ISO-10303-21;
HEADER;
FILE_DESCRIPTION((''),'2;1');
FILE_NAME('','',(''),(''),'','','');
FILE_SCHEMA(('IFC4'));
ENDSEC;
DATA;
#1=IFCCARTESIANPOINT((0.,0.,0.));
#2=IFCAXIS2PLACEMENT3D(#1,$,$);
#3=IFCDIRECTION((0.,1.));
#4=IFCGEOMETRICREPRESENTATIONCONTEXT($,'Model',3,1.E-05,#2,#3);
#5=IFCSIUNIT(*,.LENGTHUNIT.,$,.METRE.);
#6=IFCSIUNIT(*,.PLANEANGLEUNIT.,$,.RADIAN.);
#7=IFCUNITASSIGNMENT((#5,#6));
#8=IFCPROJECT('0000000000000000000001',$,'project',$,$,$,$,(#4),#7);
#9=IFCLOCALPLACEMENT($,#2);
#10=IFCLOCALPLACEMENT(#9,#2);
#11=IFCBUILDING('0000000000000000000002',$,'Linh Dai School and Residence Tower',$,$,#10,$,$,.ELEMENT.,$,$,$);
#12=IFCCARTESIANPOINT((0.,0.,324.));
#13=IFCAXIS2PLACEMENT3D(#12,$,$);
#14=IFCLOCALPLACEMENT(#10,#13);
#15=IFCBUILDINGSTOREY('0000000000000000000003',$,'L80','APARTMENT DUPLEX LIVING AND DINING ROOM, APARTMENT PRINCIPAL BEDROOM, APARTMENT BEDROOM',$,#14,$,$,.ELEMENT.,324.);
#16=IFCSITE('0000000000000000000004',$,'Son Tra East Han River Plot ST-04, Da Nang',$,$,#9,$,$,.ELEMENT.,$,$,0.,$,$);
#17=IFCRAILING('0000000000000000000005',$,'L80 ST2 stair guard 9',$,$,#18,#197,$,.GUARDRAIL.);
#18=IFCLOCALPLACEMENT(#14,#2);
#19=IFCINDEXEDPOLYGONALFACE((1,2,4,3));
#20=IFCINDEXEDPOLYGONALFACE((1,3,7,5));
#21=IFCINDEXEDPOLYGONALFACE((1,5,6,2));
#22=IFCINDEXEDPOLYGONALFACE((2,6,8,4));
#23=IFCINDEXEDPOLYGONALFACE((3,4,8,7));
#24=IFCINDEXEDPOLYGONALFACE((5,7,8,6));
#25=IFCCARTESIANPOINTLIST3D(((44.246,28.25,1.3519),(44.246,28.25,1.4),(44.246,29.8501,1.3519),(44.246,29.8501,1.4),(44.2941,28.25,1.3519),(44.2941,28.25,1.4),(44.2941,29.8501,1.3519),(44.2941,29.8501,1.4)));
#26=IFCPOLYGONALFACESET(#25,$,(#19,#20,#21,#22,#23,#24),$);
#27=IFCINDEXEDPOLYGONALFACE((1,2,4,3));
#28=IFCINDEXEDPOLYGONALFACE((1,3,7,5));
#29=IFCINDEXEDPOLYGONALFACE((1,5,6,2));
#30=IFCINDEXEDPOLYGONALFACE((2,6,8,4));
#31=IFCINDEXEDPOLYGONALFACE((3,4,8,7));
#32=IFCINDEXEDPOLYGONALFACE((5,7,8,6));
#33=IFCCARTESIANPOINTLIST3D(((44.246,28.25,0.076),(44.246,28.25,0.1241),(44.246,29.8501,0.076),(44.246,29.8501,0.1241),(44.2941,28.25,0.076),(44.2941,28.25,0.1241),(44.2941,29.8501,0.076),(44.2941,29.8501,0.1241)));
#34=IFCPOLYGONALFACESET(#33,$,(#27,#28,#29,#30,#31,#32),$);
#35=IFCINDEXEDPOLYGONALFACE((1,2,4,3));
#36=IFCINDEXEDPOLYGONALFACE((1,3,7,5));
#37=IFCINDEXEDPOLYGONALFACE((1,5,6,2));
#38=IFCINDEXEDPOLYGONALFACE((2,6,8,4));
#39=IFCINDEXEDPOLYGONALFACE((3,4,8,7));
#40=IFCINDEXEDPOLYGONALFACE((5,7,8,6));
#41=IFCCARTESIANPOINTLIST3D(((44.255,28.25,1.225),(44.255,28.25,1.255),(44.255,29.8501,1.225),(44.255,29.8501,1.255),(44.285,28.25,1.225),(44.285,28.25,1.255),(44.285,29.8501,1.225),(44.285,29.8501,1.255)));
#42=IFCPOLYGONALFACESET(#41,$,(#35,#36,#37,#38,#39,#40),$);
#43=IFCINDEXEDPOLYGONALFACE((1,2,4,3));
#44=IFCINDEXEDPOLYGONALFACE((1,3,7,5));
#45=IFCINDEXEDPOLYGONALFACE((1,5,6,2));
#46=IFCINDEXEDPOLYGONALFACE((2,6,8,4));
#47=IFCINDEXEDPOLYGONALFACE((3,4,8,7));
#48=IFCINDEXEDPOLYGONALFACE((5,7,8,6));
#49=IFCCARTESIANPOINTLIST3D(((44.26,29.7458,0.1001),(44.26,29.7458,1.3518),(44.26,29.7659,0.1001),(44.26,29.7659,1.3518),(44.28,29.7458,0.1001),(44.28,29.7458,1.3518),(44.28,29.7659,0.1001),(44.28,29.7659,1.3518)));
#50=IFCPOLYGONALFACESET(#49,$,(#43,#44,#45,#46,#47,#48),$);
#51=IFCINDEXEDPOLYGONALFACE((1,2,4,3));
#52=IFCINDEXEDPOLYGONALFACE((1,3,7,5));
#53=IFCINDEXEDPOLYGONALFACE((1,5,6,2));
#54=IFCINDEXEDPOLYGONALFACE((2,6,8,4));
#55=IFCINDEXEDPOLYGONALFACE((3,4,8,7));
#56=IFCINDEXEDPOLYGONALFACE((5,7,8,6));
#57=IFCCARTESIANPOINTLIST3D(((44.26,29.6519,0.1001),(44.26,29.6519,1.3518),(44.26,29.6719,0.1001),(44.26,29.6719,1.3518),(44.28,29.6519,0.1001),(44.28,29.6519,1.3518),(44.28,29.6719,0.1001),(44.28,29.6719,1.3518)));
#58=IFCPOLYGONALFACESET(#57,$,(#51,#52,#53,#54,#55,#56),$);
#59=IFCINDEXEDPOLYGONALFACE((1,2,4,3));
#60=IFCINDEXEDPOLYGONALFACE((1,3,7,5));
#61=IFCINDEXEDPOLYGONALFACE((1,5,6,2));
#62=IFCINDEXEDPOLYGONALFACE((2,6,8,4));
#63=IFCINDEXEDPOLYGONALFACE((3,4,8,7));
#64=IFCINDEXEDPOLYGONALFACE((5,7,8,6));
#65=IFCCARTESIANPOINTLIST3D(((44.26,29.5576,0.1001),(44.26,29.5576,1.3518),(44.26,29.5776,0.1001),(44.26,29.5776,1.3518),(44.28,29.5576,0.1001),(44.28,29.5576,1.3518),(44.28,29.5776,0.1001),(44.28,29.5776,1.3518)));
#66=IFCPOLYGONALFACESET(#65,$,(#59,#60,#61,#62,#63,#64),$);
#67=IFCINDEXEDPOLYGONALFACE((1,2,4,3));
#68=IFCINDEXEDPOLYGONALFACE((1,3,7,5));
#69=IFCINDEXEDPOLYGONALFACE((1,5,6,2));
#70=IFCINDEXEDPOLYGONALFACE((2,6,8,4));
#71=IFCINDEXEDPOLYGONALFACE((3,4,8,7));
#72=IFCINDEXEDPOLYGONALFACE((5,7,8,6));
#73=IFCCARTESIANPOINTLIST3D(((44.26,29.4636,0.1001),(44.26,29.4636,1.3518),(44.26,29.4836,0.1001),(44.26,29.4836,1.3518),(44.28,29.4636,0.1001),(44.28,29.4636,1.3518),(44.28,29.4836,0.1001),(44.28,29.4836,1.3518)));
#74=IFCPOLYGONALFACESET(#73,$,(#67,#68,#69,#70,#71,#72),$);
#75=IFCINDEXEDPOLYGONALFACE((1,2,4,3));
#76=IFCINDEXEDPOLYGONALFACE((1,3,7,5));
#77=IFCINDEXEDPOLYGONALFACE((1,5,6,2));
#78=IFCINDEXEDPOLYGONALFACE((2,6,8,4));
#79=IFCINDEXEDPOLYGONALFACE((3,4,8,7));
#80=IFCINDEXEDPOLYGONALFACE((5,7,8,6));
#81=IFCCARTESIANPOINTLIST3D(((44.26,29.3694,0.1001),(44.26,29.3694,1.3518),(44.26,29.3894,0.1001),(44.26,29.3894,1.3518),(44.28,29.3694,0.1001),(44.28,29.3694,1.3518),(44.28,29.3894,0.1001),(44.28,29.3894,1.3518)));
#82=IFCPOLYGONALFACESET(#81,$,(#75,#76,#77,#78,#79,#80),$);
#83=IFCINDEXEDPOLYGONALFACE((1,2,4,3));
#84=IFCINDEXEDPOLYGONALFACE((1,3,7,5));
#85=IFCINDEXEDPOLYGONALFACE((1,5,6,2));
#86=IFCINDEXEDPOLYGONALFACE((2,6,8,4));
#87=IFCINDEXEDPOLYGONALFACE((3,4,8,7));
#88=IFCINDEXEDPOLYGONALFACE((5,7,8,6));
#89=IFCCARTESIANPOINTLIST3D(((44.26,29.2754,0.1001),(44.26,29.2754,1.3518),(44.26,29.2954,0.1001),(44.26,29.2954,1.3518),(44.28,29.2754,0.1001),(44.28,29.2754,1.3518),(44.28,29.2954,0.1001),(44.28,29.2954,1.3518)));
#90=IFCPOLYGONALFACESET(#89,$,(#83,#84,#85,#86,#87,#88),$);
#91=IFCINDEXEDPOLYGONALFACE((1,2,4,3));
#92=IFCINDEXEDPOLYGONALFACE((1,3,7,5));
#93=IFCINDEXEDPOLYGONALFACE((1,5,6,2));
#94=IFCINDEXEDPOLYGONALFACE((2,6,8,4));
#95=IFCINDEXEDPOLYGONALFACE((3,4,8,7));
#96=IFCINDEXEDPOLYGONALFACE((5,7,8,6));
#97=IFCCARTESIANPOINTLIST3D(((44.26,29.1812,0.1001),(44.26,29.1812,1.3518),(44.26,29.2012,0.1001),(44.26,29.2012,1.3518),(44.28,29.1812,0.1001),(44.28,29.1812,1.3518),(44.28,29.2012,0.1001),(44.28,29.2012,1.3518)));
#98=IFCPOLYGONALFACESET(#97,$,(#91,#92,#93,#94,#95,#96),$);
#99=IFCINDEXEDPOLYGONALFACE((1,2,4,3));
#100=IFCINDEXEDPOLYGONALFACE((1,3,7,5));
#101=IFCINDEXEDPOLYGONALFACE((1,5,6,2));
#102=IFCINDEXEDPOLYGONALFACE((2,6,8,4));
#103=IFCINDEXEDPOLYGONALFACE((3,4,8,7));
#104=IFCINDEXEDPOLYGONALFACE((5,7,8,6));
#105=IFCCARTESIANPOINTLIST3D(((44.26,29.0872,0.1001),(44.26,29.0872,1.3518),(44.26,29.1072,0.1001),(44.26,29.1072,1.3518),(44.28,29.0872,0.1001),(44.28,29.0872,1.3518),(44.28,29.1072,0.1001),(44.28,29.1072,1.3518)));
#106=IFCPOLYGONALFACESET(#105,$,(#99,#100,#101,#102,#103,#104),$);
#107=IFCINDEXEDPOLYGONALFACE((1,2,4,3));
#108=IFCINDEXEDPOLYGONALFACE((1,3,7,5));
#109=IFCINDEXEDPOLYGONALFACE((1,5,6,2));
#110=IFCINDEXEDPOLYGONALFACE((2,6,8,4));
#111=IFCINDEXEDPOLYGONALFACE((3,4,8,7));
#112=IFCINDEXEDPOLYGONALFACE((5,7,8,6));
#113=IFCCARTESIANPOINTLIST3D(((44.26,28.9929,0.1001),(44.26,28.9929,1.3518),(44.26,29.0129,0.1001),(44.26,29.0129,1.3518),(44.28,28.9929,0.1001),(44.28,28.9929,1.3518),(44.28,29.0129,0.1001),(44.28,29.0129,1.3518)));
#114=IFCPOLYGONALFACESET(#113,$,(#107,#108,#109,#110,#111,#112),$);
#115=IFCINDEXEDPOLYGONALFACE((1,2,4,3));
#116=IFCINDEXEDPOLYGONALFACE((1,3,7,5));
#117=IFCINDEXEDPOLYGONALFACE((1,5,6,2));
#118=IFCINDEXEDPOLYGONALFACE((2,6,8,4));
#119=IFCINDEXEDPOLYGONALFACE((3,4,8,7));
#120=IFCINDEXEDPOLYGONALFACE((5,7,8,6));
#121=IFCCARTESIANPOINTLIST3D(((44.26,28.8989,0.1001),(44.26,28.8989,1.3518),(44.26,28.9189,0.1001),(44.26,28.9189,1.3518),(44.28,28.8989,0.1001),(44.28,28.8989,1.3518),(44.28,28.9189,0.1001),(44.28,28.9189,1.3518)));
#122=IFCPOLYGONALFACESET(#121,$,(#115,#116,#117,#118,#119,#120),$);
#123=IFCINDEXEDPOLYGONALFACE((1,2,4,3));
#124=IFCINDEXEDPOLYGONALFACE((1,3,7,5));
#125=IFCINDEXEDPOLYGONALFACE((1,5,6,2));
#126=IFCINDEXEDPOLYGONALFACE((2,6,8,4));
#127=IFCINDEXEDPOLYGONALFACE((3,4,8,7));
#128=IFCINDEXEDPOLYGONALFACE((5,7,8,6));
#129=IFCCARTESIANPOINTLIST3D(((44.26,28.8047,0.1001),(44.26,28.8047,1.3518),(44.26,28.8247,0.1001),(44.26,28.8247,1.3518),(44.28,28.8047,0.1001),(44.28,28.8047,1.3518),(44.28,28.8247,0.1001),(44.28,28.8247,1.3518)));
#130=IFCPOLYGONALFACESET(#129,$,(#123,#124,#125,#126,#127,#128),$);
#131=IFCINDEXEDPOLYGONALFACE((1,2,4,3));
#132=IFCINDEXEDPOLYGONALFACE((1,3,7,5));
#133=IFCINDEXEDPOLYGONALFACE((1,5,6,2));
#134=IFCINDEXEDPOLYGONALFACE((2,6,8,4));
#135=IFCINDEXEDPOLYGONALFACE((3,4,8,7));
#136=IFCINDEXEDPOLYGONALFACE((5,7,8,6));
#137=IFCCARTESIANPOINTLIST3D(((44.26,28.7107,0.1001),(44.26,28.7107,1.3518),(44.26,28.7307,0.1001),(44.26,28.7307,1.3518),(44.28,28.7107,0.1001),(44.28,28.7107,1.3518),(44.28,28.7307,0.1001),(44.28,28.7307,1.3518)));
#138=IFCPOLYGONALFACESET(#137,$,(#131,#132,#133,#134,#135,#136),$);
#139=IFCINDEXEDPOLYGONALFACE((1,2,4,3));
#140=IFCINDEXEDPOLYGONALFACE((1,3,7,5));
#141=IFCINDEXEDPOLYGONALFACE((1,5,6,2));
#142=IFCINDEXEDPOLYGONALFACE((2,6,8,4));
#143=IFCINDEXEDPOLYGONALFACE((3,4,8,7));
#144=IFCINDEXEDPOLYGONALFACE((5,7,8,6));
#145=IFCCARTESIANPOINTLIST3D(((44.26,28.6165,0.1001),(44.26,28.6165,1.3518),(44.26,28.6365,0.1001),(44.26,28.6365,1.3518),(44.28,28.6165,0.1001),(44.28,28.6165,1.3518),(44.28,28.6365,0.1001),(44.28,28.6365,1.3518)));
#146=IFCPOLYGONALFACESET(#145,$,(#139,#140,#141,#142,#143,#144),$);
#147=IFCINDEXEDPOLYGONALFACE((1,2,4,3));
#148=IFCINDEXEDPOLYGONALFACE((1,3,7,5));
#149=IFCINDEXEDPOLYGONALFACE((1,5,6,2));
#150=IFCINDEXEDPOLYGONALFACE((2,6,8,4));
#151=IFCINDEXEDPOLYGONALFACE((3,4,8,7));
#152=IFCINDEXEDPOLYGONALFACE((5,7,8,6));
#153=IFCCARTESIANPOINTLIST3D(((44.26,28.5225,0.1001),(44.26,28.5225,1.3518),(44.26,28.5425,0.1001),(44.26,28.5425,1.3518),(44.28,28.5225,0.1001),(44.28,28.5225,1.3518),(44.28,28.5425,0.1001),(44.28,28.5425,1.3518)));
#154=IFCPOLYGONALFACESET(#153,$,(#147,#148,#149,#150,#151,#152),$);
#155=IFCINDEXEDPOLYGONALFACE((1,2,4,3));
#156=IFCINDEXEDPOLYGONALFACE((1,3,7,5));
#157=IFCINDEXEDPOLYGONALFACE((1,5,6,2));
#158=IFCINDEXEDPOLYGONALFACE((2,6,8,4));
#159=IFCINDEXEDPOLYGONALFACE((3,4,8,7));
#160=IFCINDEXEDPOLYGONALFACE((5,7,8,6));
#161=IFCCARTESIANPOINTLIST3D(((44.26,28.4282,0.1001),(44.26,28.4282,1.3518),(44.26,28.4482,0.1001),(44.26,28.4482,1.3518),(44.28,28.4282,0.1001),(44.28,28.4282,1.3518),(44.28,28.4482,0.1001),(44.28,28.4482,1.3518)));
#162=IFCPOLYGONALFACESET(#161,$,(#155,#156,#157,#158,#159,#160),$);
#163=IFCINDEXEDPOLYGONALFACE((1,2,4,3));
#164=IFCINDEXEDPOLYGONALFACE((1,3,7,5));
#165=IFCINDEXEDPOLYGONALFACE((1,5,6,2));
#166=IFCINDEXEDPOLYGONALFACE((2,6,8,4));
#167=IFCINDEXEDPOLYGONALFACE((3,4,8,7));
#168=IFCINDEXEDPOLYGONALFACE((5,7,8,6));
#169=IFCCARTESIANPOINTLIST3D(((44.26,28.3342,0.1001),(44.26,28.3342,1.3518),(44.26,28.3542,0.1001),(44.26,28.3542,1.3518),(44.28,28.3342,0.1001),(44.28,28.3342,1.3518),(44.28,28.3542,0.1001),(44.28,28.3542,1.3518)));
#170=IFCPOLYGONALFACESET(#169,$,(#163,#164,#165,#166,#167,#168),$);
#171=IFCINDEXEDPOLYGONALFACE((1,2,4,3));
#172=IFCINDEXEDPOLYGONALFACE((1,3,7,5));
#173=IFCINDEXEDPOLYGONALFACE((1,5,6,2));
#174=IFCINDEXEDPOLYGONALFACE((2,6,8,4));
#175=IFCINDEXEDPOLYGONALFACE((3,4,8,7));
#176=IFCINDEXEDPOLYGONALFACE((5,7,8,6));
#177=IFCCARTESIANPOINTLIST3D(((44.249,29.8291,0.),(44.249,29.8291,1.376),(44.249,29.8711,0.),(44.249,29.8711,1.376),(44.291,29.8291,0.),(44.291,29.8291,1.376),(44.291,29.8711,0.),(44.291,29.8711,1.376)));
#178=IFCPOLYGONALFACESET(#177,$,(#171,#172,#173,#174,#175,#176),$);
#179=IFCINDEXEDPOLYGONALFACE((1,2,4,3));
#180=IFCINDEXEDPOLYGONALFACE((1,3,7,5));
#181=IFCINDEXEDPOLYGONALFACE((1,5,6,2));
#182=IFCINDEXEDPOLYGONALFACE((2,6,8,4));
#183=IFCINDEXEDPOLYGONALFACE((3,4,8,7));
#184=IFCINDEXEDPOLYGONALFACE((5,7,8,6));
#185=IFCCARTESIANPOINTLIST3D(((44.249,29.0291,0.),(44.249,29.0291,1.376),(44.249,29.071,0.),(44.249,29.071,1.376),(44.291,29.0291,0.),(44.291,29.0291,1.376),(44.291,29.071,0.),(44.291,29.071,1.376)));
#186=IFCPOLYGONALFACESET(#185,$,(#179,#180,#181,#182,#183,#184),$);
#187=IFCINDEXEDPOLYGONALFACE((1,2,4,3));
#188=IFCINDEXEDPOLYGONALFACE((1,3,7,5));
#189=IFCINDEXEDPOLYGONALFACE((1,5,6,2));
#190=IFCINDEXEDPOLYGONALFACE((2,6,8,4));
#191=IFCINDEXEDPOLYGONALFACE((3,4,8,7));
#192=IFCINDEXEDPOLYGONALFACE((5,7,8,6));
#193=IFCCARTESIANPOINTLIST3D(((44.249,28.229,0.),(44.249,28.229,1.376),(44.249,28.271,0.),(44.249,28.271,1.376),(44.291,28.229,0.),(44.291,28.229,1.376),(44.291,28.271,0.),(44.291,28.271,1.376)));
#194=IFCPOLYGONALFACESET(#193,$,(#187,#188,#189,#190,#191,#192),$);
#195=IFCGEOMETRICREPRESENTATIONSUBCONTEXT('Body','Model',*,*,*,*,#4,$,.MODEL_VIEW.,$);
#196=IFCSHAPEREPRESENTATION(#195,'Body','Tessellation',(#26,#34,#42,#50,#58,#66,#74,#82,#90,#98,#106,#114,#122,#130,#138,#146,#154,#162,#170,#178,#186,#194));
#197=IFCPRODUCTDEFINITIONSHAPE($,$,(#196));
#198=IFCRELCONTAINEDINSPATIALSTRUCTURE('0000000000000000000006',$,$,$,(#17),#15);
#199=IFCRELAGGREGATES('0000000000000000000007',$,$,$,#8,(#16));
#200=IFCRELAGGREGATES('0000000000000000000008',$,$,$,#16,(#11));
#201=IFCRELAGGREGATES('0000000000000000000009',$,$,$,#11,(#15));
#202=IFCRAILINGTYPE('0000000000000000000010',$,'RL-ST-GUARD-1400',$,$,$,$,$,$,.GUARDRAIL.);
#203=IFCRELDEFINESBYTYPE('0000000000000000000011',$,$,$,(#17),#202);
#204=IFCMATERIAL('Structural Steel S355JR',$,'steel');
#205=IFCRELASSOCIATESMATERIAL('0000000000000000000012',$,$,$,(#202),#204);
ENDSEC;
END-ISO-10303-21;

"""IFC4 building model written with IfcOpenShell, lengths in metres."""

from ifc_helpers import new_model, si_unit, direction, frame, origin, origin_2d, place, context, subcontext, project, spatial, rectangle, extrude, source, transform, mapped, material, type_object, element, save


model = new_model("IFC4")

# Units and contexts
model_context = context("Model", 3, precision=1e-05, world=origin(), true_north=direction((0.0, 1.0)))
body_context = subcontext(model_context, "Body", "Model", "MODEL_VIEW")
ifc_project = project(units=[si_unit("LENGTHUNIT", "METRE"), si_unit("PLANEANGLEUNIT", "RADIAN")], contexts=[model_context])

# Site, building, storey
site_placement = place(None, origin())
site = spatial("IfcSite", under=ifc_project, at=site_placement, Name="Son Tra East Han River Plot ST-04, Da Nang", CompositionType="ELEMENT", RefElevation=0.0)
building_placement = place(site_placement, origin())
building = spatial("IfcBuilding", under=site, at=building_placement, Name="Linh Dai School and Residence Tower", CompositionType="ELEMENT")
storey_placement = place(building_placement, frame((0.0, 0.0, 324.0)))
storey = spatial("IfcBuildingStorey", under=building, at=storey_placement, Name="L80", Description="APARTMENT DUPLEX LIVING AND DINING ROOM, APARTMENT PRINCIPAL BEDROOM, APARTMENT BEDROOM", CompositionType="ELEMENT", Elevation=324.0)

# Shared definitions
ifc_material_1 = material(Name="Structural Steel S355JR", Category="steel")

# Railing
railing_type_1 = type_object("IfcRailingType", Name="RL-ST-GUARD-1400", PredefinedType="GUARDRAIL", material=ifc_material_1)
shared_shape_1 = source(origin(), body_context, "Body", "SweptSolid", [
    extrude(rectangle(XDim=0.0481, YDim=0.0481, at=origin_2d()), frame((0.0, 0.0, 1.376), z_axis=(0.0, -1.0, 0.0), x_axis=(1.0, 0.0, 0.0)), (0.0, 0.0, 1.0), 1.6001),
    extrude(rectangle(XDim=0.0481, YDim=0.0481, at=origin_2d()), frame((0.0, 0.0, 0.1001), z_axis=(0.0, -1.0, 0.0), x_axis=(1.0, 0.0, 0.0)), (0.0, 0.0, 1.0), 1.6001),
    extrude(rectangle(XDim=0.03, YDim=0.03, at=origin_2d()), frame((0.0, 0.0, 1.24), z_axis=(0.0, -1.0, 0.0), x_axis=(1.0, 0.0, 0.0)), (0.0, 0.0, 1.0), 1.6001),
    extrude(rectangle(XDim=0.02, YDim=0.02, at=origin_2d()), frame((0.0, -0.0942, 0.1001)), (0.0, 0.0, 1.0), 1.2517),
    extrude(rectangle(XDim=0.02, YDim=0.02, at=origin_2d()), frame((0.0, -0.1882, 0.1001)), (0.0, 0.0, 1.0), 1.2517),
    extrude(rectangle(XDim=0.02, YDim=0.02, at=origin_2d()), frame((0.0, -0.2825, 0.1001)), (0.0, 0.0, 1.0), 1.2517),
    extrude(rectangle(XDim=0.02, YDim=0.02, at=origin_2d()), frame((0.0, -0.3765, 0.1001)), (0.0, 0.0, 1.0), 1.2517),
    extrude(rectangle(XDim=0.02, YDim=0.02, at=origin_2d()), frame((0.0, -0.4707, 0.1001)), (0.0, 0.0, 1.0), 1.2517),
    extrude(rectangle(XDim=0.02, YDim=0.02, at=origin_2d()), frame((0.0, -0.5647, 0.1001)), (0.0, 0.0, 1.0), 1.2517),
    extrude(rectangle(XDim=0.02, YDim=0.02, at=origin_2d()), frame((0.0, -0.6589, 0.1001)), (0.0, 0.0, 1.0), 1.2517),
    extrude(rectangle(XDim=0.02, YDim=0.02, at=origin_2d()), frame((0.0, -0.7529, 0.1001)), (0.0, 0.0, 1.0), 1.2517),
    extrude(rectangle(XDim=0.02, YDim=0.02, at=origin_2d()), frame((0.0, -0.8472, 0.1001)), (0.0, 0.0, 1.0), 1.2517),
    extrude(rectangle(XDim=0.02, YDim=0.02, at=origin_2d()), frame((0.0, -0.9412, 0.1001)), (0.0, 0.0, 1.0), 1.2517),
    extrude(rectangle(XDim=0.02, YDim=0.02, at=origin_2d()), frame((0.0, -1.0354, 0.1001)), (0.0, 0.0, 1.0), 1.2517),
    extrude(rectangle(XDim=0.02, YDim=0.02, at=origin_2d()), frame((0.0, -1.1294, 0.1001)), (0.0, 0.0, 1.0), 1.2517),
    extrude(rectangle(XDim=0.02, YDim=0.02, at=origin_2d()), frame((0.0, -1.2236, 0.1001)), (0.0, 0.0, 1.0), 1.2517),
    extrude(rectangle(XDim=0.02, YDim=0.02, at=origin_2d()), frame((0.0, -1.3176, 0.1001)), (0.0, 0.0, 1.0), 1.2517),
    extrude(rectangle(XDim=0.02, YDim=0.02, at=origin_2d()), frame((0.0, -1.4119, 0.1001)), (0.0, 0.0, 1.0), 1.2517),
    extrude(rectangle(XDim=0.02, YDim=0.02, at=origin_2d()), frame((0.0, -1.5059, 0.1001)), (0.0, 0.0, 1.0), 1.2517),
    extrude(rectangle(XDim=0.042, YDim=0.042, at=origin_2d()), origin(), (0.0, 0.0, 1.0), 1.376),
    extrude(rectangle(XDim=0.042, YDim=0.042, at=origin_2d()), frame((0.0, -0.8, 0.0)), (0.0, 0.0, 1.0), 1.376),
    extrude(rectangle(XDim=0.042, YDim=0.042, at=origin_2d()), frame((0.0, -1.6001, 0.0)), (0.0, 0.0, 1.0), 1.376),
])
for number, where, name in (
    (1, (44.27, 29.8501, 0.0), "L80 ST2 stair guard 9"),
):
    element("IfcRailing", number, at=place(storey_placement, frame(where)), inside=storey, type_object=railing_type_1, Name=name, PredefinedType="GUARDRAIL", context=body_context, shape_type="MappedRepresentation", body=[
        mapped(shared_shape_1, transform((0.0, 0.0, 0.0), x_axis=(1.0, 0.0, 0.0), y_axis=(0.0, 1.0, 0.0), z_axis=(0.0, 0.0, 1.0), scale=1.0)),
    ])

save(model, "model.ifc")
